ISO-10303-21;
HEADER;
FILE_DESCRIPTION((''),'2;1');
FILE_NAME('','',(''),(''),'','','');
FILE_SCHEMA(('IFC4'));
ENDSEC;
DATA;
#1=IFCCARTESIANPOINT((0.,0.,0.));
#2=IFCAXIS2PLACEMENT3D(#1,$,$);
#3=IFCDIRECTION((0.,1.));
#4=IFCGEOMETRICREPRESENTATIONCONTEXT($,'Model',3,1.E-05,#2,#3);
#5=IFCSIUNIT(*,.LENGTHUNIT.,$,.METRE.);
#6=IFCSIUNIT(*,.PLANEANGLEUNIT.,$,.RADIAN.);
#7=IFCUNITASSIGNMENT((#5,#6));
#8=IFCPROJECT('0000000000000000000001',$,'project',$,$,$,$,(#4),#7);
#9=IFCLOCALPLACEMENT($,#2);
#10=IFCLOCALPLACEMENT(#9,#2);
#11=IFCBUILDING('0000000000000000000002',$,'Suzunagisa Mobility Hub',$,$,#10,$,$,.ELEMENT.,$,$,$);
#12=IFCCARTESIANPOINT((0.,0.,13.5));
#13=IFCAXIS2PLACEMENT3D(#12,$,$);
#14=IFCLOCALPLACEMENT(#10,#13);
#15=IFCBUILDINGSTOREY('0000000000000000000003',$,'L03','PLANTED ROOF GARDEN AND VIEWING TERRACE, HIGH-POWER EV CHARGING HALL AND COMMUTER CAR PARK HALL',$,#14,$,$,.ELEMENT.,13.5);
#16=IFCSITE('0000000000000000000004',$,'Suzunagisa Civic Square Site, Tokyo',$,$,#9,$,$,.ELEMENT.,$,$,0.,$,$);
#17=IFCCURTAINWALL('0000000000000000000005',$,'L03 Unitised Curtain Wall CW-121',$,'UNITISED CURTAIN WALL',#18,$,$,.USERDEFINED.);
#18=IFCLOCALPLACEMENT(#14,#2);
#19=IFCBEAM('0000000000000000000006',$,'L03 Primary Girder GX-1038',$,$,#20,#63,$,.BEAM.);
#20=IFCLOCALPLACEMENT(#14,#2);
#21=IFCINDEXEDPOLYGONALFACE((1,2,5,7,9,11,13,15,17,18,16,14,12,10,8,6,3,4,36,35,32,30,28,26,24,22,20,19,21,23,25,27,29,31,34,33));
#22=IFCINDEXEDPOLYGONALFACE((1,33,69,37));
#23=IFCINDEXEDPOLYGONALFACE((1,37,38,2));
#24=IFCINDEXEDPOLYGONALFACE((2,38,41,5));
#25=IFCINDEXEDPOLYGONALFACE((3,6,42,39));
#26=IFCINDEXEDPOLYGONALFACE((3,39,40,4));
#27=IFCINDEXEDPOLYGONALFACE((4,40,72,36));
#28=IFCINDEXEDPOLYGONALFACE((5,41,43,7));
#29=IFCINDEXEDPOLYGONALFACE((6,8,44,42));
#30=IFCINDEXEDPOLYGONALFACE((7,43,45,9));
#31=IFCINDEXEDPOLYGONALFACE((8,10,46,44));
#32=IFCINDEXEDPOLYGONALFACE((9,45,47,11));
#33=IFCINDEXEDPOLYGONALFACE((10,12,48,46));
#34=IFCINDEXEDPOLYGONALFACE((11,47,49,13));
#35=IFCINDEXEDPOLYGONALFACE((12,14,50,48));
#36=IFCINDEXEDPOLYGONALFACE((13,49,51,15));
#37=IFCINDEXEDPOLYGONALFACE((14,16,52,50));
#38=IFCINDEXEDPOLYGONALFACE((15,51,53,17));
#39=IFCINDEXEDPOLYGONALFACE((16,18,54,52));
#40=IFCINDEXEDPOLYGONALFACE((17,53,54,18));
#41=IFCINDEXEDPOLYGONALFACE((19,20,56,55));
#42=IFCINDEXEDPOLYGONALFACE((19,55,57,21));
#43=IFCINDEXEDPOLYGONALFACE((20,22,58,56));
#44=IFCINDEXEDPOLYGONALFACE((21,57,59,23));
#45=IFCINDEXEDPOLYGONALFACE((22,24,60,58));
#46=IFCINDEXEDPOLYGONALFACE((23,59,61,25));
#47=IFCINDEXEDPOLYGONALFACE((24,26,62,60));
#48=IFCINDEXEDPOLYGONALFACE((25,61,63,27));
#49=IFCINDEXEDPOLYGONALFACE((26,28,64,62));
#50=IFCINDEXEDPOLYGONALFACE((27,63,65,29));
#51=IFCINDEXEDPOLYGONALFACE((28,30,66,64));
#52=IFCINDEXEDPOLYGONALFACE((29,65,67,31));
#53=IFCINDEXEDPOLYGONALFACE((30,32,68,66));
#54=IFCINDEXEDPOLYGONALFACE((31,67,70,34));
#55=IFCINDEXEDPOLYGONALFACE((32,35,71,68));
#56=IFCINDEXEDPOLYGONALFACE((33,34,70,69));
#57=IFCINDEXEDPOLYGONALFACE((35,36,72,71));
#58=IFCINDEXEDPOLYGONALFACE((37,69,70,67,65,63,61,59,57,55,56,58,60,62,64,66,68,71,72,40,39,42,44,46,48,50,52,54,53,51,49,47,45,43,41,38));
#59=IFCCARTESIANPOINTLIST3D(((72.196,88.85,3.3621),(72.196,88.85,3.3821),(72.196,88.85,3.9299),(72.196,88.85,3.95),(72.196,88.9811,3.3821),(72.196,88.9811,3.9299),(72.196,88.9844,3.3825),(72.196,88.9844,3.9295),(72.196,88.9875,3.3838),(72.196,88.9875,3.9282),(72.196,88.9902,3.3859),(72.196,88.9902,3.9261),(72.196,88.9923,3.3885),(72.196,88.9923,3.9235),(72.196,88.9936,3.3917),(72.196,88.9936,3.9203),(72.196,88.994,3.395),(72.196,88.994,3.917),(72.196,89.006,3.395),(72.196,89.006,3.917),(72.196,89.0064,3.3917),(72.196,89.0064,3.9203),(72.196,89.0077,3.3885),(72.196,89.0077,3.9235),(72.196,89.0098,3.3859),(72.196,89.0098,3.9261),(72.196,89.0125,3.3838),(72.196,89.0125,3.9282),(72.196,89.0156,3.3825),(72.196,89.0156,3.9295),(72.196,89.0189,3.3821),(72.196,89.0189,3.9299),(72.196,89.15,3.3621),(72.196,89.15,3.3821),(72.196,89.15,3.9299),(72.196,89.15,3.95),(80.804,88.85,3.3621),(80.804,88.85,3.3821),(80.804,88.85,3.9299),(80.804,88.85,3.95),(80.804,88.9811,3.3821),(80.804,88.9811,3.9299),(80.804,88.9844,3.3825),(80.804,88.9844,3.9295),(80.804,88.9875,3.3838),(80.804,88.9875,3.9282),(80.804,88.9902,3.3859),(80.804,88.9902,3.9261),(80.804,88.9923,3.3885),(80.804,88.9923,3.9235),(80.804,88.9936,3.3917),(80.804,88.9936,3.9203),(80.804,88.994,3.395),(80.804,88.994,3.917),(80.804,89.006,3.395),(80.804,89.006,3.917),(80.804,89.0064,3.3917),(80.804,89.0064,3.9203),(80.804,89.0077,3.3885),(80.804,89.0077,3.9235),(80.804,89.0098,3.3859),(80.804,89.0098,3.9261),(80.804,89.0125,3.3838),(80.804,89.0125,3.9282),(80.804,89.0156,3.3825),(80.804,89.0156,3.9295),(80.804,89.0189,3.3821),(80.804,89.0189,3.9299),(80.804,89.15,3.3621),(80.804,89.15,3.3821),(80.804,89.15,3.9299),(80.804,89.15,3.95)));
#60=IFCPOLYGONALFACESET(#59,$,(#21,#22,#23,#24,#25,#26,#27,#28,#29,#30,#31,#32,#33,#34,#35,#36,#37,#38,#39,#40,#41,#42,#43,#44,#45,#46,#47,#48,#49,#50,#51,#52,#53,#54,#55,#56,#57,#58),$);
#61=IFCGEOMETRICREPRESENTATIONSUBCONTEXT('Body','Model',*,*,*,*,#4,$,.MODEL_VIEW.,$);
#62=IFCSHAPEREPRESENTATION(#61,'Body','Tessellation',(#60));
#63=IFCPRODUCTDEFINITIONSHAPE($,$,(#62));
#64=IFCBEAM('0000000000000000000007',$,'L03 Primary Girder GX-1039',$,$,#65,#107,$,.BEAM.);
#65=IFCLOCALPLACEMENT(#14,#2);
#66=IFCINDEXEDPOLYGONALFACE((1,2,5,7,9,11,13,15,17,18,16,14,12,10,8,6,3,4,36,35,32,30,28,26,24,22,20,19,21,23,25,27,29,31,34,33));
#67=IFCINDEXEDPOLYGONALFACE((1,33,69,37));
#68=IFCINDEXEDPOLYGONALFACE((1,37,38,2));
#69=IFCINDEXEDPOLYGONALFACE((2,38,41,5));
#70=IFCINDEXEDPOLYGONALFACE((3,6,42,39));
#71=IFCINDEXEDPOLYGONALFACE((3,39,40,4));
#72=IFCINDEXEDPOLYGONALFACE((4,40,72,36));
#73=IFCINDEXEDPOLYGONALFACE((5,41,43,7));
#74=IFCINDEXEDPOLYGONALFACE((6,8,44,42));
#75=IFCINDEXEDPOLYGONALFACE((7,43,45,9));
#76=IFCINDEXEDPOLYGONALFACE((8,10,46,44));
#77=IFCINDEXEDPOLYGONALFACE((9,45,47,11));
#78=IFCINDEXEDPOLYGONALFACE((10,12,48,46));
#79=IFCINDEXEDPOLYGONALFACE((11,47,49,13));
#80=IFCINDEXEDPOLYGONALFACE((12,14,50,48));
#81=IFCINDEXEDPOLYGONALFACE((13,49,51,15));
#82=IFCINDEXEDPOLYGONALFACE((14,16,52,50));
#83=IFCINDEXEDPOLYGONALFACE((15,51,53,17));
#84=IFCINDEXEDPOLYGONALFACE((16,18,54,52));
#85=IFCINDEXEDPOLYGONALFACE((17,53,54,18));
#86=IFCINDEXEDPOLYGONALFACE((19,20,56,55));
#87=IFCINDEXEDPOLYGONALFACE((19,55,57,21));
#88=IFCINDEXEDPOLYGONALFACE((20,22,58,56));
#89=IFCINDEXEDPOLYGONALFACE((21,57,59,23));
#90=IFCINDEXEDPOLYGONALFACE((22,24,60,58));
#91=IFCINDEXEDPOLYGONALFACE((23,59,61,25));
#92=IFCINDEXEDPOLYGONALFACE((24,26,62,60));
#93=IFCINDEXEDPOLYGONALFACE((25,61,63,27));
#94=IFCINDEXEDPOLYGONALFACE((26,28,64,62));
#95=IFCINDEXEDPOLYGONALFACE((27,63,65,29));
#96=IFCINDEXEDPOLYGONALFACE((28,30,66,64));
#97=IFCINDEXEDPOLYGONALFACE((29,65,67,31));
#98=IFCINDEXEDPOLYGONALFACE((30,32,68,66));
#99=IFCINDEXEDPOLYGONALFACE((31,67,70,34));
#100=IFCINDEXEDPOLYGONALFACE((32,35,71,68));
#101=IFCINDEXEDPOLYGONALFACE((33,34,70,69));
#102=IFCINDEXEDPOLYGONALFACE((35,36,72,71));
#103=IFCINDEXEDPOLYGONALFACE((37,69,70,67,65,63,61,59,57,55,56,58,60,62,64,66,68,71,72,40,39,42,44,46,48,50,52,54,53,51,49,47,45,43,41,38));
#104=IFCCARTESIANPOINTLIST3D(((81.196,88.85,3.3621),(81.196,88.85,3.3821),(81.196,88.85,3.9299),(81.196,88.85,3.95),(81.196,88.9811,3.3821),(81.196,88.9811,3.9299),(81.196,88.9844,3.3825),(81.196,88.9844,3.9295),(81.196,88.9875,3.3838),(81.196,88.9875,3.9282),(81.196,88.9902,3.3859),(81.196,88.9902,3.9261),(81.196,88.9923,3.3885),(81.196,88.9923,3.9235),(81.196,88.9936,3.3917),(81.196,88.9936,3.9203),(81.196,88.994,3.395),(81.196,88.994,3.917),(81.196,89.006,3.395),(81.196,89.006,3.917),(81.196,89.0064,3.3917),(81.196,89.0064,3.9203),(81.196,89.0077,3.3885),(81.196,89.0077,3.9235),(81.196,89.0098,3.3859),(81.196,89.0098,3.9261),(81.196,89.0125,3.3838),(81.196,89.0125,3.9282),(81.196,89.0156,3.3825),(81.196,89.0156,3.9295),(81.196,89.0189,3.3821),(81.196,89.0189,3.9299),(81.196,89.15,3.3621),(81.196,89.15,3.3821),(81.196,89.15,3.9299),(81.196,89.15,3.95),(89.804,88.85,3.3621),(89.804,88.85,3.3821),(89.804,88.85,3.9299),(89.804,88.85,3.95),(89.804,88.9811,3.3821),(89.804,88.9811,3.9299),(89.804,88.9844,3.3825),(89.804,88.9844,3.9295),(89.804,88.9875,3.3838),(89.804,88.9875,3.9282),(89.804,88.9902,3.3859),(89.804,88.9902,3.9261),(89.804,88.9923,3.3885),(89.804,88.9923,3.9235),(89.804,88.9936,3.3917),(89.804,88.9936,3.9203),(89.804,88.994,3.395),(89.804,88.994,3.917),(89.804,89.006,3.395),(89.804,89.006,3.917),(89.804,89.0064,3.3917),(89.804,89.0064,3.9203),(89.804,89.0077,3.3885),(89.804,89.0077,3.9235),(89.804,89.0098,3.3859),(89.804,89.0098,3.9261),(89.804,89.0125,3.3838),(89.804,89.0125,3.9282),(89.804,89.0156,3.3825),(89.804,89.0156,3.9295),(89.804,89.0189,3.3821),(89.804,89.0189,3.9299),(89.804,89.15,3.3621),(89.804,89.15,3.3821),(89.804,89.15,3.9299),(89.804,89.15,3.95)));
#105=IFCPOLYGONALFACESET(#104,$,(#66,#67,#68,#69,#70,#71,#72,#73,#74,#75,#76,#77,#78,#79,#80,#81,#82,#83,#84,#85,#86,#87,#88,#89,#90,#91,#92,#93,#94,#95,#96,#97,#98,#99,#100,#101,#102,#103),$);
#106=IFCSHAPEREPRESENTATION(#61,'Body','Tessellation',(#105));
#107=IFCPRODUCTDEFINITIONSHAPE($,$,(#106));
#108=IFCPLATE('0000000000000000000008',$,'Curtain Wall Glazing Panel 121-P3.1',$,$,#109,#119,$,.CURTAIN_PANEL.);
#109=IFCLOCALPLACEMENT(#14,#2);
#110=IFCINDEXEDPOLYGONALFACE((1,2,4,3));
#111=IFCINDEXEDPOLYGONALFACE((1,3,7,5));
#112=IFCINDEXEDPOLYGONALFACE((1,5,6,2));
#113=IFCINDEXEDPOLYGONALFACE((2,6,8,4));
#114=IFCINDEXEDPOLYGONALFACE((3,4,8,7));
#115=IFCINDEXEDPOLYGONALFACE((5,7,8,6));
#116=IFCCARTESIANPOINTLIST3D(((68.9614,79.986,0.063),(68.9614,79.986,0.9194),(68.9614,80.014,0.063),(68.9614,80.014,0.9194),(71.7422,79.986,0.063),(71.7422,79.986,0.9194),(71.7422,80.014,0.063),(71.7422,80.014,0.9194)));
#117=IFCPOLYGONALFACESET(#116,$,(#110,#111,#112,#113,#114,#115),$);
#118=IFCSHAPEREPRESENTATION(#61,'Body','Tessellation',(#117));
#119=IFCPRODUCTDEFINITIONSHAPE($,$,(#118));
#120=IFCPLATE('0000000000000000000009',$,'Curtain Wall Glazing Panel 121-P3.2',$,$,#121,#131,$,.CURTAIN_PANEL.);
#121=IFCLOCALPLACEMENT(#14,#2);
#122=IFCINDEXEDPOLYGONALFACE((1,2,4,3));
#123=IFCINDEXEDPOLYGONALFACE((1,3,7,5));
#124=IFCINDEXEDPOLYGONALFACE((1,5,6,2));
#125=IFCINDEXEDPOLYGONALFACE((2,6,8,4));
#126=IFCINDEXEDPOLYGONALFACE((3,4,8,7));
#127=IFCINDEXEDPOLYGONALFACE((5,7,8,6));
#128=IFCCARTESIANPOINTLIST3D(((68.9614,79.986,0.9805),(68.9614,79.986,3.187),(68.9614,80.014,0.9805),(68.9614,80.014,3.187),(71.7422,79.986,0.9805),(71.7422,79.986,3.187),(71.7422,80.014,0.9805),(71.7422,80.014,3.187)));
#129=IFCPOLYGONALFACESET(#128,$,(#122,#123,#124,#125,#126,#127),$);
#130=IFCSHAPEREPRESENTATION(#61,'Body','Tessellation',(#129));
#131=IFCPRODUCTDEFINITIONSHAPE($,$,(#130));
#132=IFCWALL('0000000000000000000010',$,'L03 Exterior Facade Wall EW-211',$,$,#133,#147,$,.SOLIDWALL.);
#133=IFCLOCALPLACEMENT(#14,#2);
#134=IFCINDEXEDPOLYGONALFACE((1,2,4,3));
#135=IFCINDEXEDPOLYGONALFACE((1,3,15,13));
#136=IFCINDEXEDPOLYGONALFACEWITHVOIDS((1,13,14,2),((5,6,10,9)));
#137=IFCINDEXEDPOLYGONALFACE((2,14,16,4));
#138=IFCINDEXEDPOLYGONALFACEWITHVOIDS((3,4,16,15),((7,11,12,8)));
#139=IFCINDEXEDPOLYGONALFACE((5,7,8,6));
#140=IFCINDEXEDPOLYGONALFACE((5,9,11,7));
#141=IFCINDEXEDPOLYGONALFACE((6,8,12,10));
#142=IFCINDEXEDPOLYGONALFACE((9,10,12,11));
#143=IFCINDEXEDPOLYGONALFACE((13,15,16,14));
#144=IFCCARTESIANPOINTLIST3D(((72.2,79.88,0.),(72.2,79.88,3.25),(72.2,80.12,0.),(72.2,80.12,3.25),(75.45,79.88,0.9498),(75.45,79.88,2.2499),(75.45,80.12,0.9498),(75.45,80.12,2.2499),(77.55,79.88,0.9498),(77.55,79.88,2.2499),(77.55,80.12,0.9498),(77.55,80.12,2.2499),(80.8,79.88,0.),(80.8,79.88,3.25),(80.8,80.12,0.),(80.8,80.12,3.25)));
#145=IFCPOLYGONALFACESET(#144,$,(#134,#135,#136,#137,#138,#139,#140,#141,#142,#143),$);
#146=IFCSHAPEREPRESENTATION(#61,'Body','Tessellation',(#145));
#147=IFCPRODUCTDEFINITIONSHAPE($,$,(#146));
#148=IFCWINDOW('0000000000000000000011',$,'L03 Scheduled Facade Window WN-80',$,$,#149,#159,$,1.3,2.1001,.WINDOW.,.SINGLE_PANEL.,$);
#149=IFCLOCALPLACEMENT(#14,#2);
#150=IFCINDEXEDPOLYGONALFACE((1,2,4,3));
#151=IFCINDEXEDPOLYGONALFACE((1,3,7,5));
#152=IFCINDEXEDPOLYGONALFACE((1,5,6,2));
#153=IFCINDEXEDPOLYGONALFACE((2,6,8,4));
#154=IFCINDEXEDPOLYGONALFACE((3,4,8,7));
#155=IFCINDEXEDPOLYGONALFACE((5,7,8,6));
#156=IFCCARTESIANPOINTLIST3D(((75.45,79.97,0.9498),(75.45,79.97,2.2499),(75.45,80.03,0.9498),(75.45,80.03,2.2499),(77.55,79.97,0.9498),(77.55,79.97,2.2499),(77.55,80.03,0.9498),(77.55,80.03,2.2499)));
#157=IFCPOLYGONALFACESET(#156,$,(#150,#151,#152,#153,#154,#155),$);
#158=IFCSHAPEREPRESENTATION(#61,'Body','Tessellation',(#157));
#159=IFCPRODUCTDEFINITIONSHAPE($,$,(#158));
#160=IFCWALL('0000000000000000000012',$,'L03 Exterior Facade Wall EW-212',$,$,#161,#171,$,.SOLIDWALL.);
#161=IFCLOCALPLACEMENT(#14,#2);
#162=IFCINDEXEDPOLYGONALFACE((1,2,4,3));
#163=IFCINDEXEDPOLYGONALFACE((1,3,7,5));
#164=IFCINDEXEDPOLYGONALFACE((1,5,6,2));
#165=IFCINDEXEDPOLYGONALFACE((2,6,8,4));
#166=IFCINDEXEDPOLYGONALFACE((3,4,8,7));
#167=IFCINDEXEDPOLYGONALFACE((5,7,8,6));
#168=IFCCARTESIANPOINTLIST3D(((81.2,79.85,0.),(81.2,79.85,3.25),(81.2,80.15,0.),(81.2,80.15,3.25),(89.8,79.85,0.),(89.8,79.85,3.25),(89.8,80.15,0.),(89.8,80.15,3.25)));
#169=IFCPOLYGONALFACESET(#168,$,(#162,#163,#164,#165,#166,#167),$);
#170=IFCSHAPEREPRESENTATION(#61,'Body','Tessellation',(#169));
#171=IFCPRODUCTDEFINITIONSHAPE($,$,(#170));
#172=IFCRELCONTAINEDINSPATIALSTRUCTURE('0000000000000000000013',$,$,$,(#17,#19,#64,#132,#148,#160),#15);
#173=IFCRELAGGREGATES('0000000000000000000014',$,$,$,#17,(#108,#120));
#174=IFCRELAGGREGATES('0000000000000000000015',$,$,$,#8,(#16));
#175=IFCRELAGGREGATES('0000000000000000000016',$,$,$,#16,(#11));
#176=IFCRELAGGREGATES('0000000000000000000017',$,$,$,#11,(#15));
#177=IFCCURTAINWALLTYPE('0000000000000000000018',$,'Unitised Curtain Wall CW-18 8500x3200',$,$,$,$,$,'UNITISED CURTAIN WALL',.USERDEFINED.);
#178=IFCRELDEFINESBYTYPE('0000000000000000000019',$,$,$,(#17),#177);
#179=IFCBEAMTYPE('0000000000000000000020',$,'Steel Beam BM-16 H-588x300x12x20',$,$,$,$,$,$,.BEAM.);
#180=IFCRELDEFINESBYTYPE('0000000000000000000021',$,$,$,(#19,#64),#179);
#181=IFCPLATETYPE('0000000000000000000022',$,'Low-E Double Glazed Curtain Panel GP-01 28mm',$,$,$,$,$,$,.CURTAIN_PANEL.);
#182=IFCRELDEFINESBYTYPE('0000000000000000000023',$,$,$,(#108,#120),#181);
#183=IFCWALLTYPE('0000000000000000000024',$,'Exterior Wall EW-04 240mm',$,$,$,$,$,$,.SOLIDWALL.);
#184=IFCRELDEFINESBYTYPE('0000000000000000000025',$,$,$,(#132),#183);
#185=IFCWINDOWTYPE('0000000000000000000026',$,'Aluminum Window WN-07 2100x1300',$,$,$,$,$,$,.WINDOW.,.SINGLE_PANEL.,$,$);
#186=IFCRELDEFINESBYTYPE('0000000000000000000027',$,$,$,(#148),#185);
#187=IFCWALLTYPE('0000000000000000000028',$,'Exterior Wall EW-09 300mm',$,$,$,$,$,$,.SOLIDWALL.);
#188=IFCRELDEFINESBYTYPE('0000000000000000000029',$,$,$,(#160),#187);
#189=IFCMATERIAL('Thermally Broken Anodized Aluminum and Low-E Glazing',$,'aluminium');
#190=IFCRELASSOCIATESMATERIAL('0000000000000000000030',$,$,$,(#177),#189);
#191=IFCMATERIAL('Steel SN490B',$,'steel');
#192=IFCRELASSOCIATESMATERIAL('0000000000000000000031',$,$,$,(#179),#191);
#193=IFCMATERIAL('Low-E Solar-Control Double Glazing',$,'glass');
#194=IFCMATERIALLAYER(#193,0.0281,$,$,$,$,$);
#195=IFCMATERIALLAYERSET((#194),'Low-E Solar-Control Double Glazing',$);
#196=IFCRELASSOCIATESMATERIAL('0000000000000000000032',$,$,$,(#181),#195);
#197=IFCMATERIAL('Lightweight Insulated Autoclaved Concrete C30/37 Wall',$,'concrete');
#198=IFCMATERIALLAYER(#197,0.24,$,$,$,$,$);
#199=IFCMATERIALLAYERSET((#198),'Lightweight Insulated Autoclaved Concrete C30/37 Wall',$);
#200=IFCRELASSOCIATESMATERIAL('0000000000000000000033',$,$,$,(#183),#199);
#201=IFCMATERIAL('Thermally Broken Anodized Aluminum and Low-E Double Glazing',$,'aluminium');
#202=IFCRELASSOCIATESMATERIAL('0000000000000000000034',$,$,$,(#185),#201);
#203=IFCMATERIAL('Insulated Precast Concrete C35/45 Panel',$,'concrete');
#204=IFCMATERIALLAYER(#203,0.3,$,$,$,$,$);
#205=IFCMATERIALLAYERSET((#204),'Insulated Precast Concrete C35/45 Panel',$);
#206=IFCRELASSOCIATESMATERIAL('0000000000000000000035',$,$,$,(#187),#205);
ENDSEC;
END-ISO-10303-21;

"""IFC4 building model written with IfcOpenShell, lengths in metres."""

from ifc_helpers import new_model, si_unit, direction, frame, frame_2d, origin, origin_2d, place, context, subcontext, project, spatial, rectangle, i_section, extrude, material, layer, layer_set, material_profile, profile_set, type_object, element, fill, aggregate, save


model = new_model("IFC4")

# Units and contexts
model_context = context("Model", 3, precision=1e-05, world=origin(), true_north=direction((0.0, 1.0)))
body_context = subcontext(model_context, "Body", "Model", "MODEL_VIEW")
ifc_project = project(units=[si_unit("LENGTHUNIT", "METRE"), si_unit("PLANEANGLEUNIT", "RADIAN")], contexts=[model_context])

# Site, building, storey
site_placement = place(None, origin())
site = spatial("IfcSite", under=ifc_project, at=site_placement, Name="Suzunagisa Civic Square Site, Tokyo", CompositionType="ELEMENT", RefElevation=0.0)
building_placement = place(site_placement, origin())
building = spatial("IfcBuilding", under=site, at=building_placement, Name="Suzunagisa Mobility Hub", CompositionType="ELEMENT")
storey_placement = place(building_placement, frame((0.0, 0.0, 13.5)))
storey = spatial("IfcBuildingStorey", under=building, at=storey_placement, Name="L03", Description="PLANTED ROOF GARDEN AND VIEWING TERRACE, HIGH-POWER EV CHARGING HALL AND COMMUTER CAR PARK HALL", CompositionType="ELEMENT", Elevation=13.5)

# Shared definitions
ifc_material_1 = material(Name="Steel SN490B", Category="steel")

# Curtain wall
ifc_material_2 = material(Name="Thermally Broken Anodized Aluminum and Low-E Glazing", Category="aluminium")
curtain_wall_type = type_object("IfcCurtainWallType", Name="Unitised Curtain Wall CW-18 8500x3200", ElementType="UNITISED CURTAIN WALL", PredefinedType="USERDEFINED", material=ifc_material_2)
curtain_wall_placement = place(storey_placement, origin())
curtain_wall = element("IfcCurtainWall", 1, at=curtain_wall_placement, inside=storey, type_object=curtain_wall_type, Name="L03 Unitised Curtain Wall CW-121", ObjectType="UNITISED CURTAIN WALL", PredefinedType="USERDEFINED")

# Beams
ifc_material_profile_1 = material_profile(ifc_material_1, i_section(OverallWidth=0.3, OverallDepth=0.5879, WebThickness=0.012, FlangeThickness=0.02, FilletRadius=0.0129, at=origin_2d()), Name="H-588x300x12x20")
ifc_profile_set_1 = profile_set([ifc_material_profile_1], Name="Steel SN490B")
beam_type_1 = type_object("IfcBeamType", Name="Steel Beam BM-16 H-588x300x12x20", PredefinedType="BEAM", material=ifc_profile_set_1)
for number, where, z_axis, x_axis, name in (
    (2, (72.196, 89.0, 3.656), (1.0, 0.0, 0.0), (0.0, 1.0, 0.0), "L03 Primary Girder GX-1038"),
    (3, (81.196, 89.0, 3.656), (1.0, 0.0, 0.0), (0.0, 1.0, 0.0), "L03 Primary Girder GX-1039"),
):
    element("IfcBeam", number, at=place(storey_placement, frame(where, z_axis=z_axis, x_axis=x_axis)), inside=storey, type_object=beam_type_1, Name=name, PredefinedType="BEAM", context=body_context, shape_type="SweptSolid", body=[
        extrude(i_section(OverallWidth=0.3, OverallDepth=0.5879, WebThickness=0.012, FlangeThickness=0.02, FilletRadius=0.0129, at=origin_2d()), origin(), (0.0, 0.0, 1.0), 8.6079),
    ])

# Plates
ifc_material_3 = material(Name="Low-E Solar-Control Double Glazing", Category="glass")
ifc_layer_1 = layer(ifc_material_3, 0.0281)
ifc_layer_set_1 = layer_set([ifc_layer_1], Name="Low-E Solar-Control Double Glazing")
plate_type = type_object("IfcPlateType", Name="Low-E Double Glazed Curtain Panel GP-01 28mm", PredefinedType="CURTAIN_PANEL", material=ifc_layer_set_1)
plate_1_placement = place(storey_placement, frame((70.3518, 80.0, 0.063), z_axis=(0.0, 0.0, 1.0), x_axis=(1.0, 0.0, 0.0)))
plate_1 = element("IfcPlate", 4, at=plate_1_placement, type_object=plate_type, Name="Curtain Wall Glazing Panel 121-P3.1", PredefinedType="CURTAIN_PANEL", context=body_context, shape_type="SweptSolid", body=[
    extrude(rectangle(XDim=2.7808, YDim=0.0281, at=origin_2d()), origin(), (0.0, 0.0, 1.0), 0.8564),
])
plate_2_placement = place(storey_placement, frame((70.3518, 80.0, 0.9805), z_axis=(0.0, 0.0, 1.0), x_axis=(1.0, 0.0, 0.0)))
plate_2 = element("IfcPlate", 5, at=plate_2_placement, type_object=plate_type, Name="Curtain Wall Glazing Panel 121-P3.2", PredefinedType="CURTAIN_PANEL", context=body_context, shape_type="SweptSolid", body=[
    extrude(rectangle(XDim=2.7808, YDim=0.0281, at=origin_2d()), origin(), (0.0, 0.0, 1.0), 2.2065),
])
aggregate(curtain_wall, [plate_1, plate_2])

# Wall, opening, window
ifc_material_4 = material(Name="Lightweight Insulated Autoclaved Concrete C30/37 Wall", Category="concrete")
ifc_layer_2 = layer(ifc_material_4, 0.24)
ifc_layer_set_2 = layer_set([ifc_layer_2], Name="Lightweight Insulated Autoclaved Concrete C30/37 Wall")
wall_type_1 = type_object("IfcWallType", Name="Exterior Wall EW-04 240mm", PredefinedType="SOLIDWALL", material=ifc_layer_set_2)
wall_1_placement = place(storey_placement, frame((72.2, 80.0, 0.0), z_axis=(0.0, 0.0, 1.0), x_axis=(1.0, 0.0, 0.0)))
wall_1 = element("IfcWall", 6, at=wall_1_placement, inside=storey, type_object=wall_type_1, Name="L03 Exterior Facade Wall EW-211", PredefinedType="SOLIDWALL", context=body_context, shape_type="SweptSolid", body=[
    extrude(rectangle(XDim=8.6001, YDim=0.24, at=frame_2d((4.3, 0.0))), origin(), (0.0, 0.0, 1.0), 3.25),
])
opening_placement = place(wall_1_placement, frame((3.25, 0.0, 0.95)))
opening = element("IfcOpeningElement", 7, at=opening_placement, cuts=wall_1, PredefinedType="OPENING", context=body_context, shape_type="SweptSolid", body=[
    extrude(rectangle(XDim=2.1001, YDim=1.3, at=frame_2d((1.05, 0.6499))), frame((0.0, 0.1309, 0.0), z_axis=(0.0, -1.0, 0.0), x_axis=(1.0, 0.0, 0.0)), (0.0, 0.0, 1.0), 0.262),
])
ifc_material_5 = material(Name="Thermally Broken Anodized Aluminum and Low-E Double Glazing", Category="aluminium")
window_type = type_object("IfcWindowType", Name="Aluminum Window WN-07 2100x1300", PartitioningType="SINGLE_PANEL", PredefinedType="WINDOW", material=ifc_material_5)
window_placement = place(opening_placement, origin())
window = element("IfcWindow", 8, at=window_placement, inside=storey, type_object=window_type, Name="L03 Scheduled Facade Window WN-80", OverallHeight=1.3, OverallWidth=2.1001, PartitioningType="SINGLE_PANEL", PredefinedType="WINDOW", context=body_context, shape_type="SweptSolid", body=[
    extrude(rectangle(XDim=2.1001, YDim=1.3, at=frame_2d((1.05, 0.6499))), frame((0.0, 0.03, 0.0), z_axis=(0.0, -1.0, 0.0), x_axis=(1.0, 0.0, 0.0)), (0.0, 0.0, 1.0), 0.0601),
])
fill(opening, window)

# Wall
ifc_material_6 = material(Name="Insulated Precast Concrete C35/45 Panel", Category="concrete")
ifc_layer_3 = layer(ifc_material_6, 0.3)
ifc_layer_set_3 = layer_set([ifc_layer_3], Name="Insulated Precast Concrete C35/45 Panel")
wall_type_2 = type_object("IfcWallType", Name="Exterior Wall EW-09 300mm", PredefinedType="SOLIDWALL", material=ifc_layer_set_3)
wall_2_placement = place(storey_placement, frame((81.2, 80.0, 0.0), z_axis=(0.0, 0.0, 1.0), x_axis=(1.0, 0.0, 0.0)))
element("IfcWall", 9, at=wall_2_placement, inside=storey, type_object=wall_type_2, Name="L03 Exterior Facade Wall EW-212", PredefinedType="SOLIDWALL", context=body_context, shape_type="SweptSolid", body=[
    extrude(rectangle(XDim=8.6001, YDim=0.3, at=frame_2d((4.3, 0.0))), origin(), (0.0, 0.0, 1.0), 3.25),
])

save(model, "model.ifc")
